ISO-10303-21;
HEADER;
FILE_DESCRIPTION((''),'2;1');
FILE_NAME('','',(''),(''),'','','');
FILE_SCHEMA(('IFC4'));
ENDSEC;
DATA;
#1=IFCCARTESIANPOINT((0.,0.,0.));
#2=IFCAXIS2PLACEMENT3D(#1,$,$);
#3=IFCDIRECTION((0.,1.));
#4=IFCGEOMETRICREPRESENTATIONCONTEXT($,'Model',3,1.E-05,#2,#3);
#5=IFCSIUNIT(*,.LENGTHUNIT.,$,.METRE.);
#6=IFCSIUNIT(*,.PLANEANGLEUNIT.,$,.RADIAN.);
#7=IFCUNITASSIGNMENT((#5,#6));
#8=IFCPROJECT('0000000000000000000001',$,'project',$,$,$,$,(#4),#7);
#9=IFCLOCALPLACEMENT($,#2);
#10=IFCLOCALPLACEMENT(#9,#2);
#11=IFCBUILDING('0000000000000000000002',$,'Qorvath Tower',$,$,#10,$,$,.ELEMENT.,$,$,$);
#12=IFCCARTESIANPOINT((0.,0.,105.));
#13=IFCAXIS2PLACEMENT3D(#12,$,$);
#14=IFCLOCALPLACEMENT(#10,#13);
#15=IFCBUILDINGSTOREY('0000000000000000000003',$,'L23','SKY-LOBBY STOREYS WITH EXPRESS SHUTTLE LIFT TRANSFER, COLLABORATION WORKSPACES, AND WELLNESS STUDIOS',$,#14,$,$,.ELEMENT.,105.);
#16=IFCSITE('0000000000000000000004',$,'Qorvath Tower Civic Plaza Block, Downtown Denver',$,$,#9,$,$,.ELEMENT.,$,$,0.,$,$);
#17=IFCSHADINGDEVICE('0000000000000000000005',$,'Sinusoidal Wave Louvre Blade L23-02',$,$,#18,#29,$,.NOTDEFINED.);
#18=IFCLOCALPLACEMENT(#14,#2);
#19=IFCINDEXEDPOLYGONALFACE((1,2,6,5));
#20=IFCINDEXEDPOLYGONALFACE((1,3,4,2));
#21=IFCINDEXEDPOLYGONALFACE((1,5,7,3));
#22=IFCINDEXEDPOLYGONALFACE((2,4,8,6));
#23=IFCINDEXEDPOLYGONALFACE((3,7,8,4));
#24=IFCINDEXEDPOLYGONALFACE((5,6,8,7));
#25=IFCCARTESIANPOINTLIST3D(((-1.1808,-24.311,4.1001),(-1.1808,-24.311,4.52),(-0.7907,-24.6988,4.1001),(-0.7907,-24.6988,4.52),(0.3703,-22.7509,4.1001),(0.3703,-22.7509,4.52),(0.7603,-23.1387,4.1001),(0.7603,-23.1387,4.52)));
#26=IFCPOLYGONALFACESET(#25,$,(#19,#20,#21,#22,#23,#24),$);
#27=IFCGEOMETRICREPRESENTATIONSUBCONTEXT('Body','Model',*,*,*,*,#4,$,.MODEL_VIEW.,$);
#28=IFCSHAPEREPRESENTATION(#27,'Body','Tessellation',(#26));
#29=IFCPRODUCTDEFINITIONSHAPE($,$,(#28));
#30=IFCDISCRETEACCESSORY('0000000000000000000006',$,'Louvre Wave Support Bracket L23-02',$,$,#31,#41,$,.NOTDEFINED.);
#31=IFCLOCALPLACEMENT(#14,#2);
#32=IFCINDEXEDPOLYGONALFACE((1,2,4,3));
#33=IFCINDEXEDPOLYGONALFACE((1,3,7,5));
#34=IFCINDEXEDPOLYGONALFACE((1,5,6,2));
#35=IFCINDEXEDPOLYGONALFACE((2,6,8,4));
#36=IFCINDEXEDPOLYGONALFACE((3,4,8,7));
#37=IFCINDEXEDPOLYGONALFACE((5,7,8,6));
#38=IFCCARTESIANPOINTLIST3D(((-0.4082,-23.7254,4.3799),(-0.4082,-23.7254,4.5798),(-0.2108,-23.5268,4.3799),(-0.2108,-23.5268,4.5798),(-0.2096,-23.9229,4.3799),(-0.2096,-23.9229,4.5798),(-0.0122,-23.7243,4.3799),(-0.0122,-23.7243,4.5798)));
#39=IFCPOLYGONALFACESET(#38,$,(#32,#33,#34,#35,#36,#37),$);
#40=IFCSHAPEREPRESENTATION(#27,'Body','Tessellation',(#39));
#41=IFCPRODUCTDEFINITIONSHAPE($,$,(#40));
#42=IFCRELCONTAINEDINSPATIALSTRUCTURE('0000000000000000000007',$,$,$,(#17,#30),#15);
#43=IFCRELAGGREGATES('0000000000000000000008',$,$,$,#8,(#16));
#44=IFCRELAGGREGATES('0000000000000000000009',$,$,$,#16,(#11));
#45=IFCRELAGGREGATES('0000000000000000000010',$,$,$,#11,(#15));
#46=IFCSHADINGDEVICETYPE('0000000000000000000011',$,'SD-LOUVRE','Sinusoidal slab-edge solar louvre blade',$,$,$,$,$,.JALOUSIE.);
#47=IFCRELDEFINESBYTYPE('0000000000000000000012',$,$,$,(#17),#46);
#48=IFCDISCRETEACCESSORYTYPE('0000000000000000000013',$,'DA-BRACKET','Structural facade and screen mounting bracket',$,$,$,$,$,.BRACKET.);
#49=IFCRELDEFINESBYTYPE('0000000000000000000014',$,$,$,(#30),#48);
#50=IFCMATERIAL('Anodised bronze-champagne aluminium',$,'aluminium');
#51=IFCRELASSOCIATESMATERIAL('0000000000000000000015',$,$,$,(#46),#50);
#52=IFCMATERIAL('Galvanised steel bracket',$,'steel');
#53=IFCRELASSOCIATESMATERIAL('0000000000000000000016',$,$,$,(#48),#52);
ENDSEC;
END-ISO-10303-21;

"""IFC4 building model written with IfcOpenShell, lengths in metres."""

from ifc_helpers import new_model, si_unit, direction, frame, origin, origin_2d, place, context, subcontext, project, spatial, rectangle, extrude, material, type_object, element, save


model = new_model("IFC4")

# Units and contexts
model_context = context("Model", 3, precision=1e-05, world=origin(), true_north=direction((0.0, 1.0)))
body_context = subcontext(model_context, "Body", "Model", "MODEL_VIEW")
ifc_project = project(units=[si_unit("LENGTHUNIT", "METRE"), si_unit("PLANEANGLEUNIT", "RADIAN")], contexts=[model_context])

# Site, building, storey
site_placement = place(None, origin())
site = spatial("IfcSite", under=ifc_project, at=site_placement, Name="Qorvath Tower Civic Plaza Block, Downtown Denver", CompositionType="ELEMENT", RefElevation=0.0)
building_placement = place(site_placement, origin())
building = spatial("IfcBuilding", under=site, at=building_placement, Name="Qorvath Tower", CompositionType="ELEMENT")
storey_placement = place(building_placement, frame((0.0, 0.0, 105.0)))
storey = spatial("IfcBuildingStorey", under=building, at=storey_placement, Name="L23", Description="SKY-LOBBY STOREYS WITH EXPRESS SHUTTLE LIFT TRANSFER, COLLABORATION WORKSPACES, AND WELLNESS STUDIOS", CompositionType="ELEMENT", Elevation=105.0)

# Shading device
ifc_material_1 = material(Name="Anodised bronze-champagne aluminium", Category="aluminium")
shading_device_type = type_object("IfcShadingDeviceType", Name="SD-LOUVRE", Description="Sinusoidal slab-edge solar louvre blade", PredefinedType="JALOUSIE", material=ifc_material_1)
shading_device_placement = place(storey_placement, frame((-0.2102, -23.7249, 4.1001), z_axis=(0.0, 0.0, 1.0), x_axis=(0.705024, 0.709183, 0.0)))
element("IfcShadingDevice", 1, at=shading_device_placement, inside=storey, type_object=shading_device_type, Name="Sinusoidal Wave Louvre Blade L23-02", PredefinedType="NOTDEFINED", context=body_context, shape_type="SweptSolid", body=[
    extrude(rectangle(XDim=2.2, YDim=0.55, at=origin_2d()), origin(), (0.0, 0.0, 1.0), 0.4199),
])

# Discrete accessory
ifc_material_2 = material(Name="Galvanised steel bracket", Category="steel")
discrete_accessory_type = type_object("IfcDiscreteAccessoryType", Name="DA-BRACKET", Description="Structural facade and screen mounting bracket", PredefinedType="BRACKET", material=ifc_material_2)
discrete_accessory_placement = place(storey_placement, frame((-0.2102, -23.7249, 4.3799), z_axis=(0.0, 0.0, 1.0), x_axis=(0.705024, 0.709183, 0.0)))
element("IfcDiscreteAccessory", 2, at=discrete_accessory_placement, inside=storey, type_object=discrete_accessory_type, Name="Louvre Wave Support Bracket L23-02", PredefinedType="NOTDEFINED", context=body_context, shape_type="SweptSolid", body=[
    extrude(rectangle(XDim=0.28, YDim=0.28, at=origin_2d()), origin(), (0.0, 0.0, 1.0), 0.2),
])

save(model, "model.ifc")
